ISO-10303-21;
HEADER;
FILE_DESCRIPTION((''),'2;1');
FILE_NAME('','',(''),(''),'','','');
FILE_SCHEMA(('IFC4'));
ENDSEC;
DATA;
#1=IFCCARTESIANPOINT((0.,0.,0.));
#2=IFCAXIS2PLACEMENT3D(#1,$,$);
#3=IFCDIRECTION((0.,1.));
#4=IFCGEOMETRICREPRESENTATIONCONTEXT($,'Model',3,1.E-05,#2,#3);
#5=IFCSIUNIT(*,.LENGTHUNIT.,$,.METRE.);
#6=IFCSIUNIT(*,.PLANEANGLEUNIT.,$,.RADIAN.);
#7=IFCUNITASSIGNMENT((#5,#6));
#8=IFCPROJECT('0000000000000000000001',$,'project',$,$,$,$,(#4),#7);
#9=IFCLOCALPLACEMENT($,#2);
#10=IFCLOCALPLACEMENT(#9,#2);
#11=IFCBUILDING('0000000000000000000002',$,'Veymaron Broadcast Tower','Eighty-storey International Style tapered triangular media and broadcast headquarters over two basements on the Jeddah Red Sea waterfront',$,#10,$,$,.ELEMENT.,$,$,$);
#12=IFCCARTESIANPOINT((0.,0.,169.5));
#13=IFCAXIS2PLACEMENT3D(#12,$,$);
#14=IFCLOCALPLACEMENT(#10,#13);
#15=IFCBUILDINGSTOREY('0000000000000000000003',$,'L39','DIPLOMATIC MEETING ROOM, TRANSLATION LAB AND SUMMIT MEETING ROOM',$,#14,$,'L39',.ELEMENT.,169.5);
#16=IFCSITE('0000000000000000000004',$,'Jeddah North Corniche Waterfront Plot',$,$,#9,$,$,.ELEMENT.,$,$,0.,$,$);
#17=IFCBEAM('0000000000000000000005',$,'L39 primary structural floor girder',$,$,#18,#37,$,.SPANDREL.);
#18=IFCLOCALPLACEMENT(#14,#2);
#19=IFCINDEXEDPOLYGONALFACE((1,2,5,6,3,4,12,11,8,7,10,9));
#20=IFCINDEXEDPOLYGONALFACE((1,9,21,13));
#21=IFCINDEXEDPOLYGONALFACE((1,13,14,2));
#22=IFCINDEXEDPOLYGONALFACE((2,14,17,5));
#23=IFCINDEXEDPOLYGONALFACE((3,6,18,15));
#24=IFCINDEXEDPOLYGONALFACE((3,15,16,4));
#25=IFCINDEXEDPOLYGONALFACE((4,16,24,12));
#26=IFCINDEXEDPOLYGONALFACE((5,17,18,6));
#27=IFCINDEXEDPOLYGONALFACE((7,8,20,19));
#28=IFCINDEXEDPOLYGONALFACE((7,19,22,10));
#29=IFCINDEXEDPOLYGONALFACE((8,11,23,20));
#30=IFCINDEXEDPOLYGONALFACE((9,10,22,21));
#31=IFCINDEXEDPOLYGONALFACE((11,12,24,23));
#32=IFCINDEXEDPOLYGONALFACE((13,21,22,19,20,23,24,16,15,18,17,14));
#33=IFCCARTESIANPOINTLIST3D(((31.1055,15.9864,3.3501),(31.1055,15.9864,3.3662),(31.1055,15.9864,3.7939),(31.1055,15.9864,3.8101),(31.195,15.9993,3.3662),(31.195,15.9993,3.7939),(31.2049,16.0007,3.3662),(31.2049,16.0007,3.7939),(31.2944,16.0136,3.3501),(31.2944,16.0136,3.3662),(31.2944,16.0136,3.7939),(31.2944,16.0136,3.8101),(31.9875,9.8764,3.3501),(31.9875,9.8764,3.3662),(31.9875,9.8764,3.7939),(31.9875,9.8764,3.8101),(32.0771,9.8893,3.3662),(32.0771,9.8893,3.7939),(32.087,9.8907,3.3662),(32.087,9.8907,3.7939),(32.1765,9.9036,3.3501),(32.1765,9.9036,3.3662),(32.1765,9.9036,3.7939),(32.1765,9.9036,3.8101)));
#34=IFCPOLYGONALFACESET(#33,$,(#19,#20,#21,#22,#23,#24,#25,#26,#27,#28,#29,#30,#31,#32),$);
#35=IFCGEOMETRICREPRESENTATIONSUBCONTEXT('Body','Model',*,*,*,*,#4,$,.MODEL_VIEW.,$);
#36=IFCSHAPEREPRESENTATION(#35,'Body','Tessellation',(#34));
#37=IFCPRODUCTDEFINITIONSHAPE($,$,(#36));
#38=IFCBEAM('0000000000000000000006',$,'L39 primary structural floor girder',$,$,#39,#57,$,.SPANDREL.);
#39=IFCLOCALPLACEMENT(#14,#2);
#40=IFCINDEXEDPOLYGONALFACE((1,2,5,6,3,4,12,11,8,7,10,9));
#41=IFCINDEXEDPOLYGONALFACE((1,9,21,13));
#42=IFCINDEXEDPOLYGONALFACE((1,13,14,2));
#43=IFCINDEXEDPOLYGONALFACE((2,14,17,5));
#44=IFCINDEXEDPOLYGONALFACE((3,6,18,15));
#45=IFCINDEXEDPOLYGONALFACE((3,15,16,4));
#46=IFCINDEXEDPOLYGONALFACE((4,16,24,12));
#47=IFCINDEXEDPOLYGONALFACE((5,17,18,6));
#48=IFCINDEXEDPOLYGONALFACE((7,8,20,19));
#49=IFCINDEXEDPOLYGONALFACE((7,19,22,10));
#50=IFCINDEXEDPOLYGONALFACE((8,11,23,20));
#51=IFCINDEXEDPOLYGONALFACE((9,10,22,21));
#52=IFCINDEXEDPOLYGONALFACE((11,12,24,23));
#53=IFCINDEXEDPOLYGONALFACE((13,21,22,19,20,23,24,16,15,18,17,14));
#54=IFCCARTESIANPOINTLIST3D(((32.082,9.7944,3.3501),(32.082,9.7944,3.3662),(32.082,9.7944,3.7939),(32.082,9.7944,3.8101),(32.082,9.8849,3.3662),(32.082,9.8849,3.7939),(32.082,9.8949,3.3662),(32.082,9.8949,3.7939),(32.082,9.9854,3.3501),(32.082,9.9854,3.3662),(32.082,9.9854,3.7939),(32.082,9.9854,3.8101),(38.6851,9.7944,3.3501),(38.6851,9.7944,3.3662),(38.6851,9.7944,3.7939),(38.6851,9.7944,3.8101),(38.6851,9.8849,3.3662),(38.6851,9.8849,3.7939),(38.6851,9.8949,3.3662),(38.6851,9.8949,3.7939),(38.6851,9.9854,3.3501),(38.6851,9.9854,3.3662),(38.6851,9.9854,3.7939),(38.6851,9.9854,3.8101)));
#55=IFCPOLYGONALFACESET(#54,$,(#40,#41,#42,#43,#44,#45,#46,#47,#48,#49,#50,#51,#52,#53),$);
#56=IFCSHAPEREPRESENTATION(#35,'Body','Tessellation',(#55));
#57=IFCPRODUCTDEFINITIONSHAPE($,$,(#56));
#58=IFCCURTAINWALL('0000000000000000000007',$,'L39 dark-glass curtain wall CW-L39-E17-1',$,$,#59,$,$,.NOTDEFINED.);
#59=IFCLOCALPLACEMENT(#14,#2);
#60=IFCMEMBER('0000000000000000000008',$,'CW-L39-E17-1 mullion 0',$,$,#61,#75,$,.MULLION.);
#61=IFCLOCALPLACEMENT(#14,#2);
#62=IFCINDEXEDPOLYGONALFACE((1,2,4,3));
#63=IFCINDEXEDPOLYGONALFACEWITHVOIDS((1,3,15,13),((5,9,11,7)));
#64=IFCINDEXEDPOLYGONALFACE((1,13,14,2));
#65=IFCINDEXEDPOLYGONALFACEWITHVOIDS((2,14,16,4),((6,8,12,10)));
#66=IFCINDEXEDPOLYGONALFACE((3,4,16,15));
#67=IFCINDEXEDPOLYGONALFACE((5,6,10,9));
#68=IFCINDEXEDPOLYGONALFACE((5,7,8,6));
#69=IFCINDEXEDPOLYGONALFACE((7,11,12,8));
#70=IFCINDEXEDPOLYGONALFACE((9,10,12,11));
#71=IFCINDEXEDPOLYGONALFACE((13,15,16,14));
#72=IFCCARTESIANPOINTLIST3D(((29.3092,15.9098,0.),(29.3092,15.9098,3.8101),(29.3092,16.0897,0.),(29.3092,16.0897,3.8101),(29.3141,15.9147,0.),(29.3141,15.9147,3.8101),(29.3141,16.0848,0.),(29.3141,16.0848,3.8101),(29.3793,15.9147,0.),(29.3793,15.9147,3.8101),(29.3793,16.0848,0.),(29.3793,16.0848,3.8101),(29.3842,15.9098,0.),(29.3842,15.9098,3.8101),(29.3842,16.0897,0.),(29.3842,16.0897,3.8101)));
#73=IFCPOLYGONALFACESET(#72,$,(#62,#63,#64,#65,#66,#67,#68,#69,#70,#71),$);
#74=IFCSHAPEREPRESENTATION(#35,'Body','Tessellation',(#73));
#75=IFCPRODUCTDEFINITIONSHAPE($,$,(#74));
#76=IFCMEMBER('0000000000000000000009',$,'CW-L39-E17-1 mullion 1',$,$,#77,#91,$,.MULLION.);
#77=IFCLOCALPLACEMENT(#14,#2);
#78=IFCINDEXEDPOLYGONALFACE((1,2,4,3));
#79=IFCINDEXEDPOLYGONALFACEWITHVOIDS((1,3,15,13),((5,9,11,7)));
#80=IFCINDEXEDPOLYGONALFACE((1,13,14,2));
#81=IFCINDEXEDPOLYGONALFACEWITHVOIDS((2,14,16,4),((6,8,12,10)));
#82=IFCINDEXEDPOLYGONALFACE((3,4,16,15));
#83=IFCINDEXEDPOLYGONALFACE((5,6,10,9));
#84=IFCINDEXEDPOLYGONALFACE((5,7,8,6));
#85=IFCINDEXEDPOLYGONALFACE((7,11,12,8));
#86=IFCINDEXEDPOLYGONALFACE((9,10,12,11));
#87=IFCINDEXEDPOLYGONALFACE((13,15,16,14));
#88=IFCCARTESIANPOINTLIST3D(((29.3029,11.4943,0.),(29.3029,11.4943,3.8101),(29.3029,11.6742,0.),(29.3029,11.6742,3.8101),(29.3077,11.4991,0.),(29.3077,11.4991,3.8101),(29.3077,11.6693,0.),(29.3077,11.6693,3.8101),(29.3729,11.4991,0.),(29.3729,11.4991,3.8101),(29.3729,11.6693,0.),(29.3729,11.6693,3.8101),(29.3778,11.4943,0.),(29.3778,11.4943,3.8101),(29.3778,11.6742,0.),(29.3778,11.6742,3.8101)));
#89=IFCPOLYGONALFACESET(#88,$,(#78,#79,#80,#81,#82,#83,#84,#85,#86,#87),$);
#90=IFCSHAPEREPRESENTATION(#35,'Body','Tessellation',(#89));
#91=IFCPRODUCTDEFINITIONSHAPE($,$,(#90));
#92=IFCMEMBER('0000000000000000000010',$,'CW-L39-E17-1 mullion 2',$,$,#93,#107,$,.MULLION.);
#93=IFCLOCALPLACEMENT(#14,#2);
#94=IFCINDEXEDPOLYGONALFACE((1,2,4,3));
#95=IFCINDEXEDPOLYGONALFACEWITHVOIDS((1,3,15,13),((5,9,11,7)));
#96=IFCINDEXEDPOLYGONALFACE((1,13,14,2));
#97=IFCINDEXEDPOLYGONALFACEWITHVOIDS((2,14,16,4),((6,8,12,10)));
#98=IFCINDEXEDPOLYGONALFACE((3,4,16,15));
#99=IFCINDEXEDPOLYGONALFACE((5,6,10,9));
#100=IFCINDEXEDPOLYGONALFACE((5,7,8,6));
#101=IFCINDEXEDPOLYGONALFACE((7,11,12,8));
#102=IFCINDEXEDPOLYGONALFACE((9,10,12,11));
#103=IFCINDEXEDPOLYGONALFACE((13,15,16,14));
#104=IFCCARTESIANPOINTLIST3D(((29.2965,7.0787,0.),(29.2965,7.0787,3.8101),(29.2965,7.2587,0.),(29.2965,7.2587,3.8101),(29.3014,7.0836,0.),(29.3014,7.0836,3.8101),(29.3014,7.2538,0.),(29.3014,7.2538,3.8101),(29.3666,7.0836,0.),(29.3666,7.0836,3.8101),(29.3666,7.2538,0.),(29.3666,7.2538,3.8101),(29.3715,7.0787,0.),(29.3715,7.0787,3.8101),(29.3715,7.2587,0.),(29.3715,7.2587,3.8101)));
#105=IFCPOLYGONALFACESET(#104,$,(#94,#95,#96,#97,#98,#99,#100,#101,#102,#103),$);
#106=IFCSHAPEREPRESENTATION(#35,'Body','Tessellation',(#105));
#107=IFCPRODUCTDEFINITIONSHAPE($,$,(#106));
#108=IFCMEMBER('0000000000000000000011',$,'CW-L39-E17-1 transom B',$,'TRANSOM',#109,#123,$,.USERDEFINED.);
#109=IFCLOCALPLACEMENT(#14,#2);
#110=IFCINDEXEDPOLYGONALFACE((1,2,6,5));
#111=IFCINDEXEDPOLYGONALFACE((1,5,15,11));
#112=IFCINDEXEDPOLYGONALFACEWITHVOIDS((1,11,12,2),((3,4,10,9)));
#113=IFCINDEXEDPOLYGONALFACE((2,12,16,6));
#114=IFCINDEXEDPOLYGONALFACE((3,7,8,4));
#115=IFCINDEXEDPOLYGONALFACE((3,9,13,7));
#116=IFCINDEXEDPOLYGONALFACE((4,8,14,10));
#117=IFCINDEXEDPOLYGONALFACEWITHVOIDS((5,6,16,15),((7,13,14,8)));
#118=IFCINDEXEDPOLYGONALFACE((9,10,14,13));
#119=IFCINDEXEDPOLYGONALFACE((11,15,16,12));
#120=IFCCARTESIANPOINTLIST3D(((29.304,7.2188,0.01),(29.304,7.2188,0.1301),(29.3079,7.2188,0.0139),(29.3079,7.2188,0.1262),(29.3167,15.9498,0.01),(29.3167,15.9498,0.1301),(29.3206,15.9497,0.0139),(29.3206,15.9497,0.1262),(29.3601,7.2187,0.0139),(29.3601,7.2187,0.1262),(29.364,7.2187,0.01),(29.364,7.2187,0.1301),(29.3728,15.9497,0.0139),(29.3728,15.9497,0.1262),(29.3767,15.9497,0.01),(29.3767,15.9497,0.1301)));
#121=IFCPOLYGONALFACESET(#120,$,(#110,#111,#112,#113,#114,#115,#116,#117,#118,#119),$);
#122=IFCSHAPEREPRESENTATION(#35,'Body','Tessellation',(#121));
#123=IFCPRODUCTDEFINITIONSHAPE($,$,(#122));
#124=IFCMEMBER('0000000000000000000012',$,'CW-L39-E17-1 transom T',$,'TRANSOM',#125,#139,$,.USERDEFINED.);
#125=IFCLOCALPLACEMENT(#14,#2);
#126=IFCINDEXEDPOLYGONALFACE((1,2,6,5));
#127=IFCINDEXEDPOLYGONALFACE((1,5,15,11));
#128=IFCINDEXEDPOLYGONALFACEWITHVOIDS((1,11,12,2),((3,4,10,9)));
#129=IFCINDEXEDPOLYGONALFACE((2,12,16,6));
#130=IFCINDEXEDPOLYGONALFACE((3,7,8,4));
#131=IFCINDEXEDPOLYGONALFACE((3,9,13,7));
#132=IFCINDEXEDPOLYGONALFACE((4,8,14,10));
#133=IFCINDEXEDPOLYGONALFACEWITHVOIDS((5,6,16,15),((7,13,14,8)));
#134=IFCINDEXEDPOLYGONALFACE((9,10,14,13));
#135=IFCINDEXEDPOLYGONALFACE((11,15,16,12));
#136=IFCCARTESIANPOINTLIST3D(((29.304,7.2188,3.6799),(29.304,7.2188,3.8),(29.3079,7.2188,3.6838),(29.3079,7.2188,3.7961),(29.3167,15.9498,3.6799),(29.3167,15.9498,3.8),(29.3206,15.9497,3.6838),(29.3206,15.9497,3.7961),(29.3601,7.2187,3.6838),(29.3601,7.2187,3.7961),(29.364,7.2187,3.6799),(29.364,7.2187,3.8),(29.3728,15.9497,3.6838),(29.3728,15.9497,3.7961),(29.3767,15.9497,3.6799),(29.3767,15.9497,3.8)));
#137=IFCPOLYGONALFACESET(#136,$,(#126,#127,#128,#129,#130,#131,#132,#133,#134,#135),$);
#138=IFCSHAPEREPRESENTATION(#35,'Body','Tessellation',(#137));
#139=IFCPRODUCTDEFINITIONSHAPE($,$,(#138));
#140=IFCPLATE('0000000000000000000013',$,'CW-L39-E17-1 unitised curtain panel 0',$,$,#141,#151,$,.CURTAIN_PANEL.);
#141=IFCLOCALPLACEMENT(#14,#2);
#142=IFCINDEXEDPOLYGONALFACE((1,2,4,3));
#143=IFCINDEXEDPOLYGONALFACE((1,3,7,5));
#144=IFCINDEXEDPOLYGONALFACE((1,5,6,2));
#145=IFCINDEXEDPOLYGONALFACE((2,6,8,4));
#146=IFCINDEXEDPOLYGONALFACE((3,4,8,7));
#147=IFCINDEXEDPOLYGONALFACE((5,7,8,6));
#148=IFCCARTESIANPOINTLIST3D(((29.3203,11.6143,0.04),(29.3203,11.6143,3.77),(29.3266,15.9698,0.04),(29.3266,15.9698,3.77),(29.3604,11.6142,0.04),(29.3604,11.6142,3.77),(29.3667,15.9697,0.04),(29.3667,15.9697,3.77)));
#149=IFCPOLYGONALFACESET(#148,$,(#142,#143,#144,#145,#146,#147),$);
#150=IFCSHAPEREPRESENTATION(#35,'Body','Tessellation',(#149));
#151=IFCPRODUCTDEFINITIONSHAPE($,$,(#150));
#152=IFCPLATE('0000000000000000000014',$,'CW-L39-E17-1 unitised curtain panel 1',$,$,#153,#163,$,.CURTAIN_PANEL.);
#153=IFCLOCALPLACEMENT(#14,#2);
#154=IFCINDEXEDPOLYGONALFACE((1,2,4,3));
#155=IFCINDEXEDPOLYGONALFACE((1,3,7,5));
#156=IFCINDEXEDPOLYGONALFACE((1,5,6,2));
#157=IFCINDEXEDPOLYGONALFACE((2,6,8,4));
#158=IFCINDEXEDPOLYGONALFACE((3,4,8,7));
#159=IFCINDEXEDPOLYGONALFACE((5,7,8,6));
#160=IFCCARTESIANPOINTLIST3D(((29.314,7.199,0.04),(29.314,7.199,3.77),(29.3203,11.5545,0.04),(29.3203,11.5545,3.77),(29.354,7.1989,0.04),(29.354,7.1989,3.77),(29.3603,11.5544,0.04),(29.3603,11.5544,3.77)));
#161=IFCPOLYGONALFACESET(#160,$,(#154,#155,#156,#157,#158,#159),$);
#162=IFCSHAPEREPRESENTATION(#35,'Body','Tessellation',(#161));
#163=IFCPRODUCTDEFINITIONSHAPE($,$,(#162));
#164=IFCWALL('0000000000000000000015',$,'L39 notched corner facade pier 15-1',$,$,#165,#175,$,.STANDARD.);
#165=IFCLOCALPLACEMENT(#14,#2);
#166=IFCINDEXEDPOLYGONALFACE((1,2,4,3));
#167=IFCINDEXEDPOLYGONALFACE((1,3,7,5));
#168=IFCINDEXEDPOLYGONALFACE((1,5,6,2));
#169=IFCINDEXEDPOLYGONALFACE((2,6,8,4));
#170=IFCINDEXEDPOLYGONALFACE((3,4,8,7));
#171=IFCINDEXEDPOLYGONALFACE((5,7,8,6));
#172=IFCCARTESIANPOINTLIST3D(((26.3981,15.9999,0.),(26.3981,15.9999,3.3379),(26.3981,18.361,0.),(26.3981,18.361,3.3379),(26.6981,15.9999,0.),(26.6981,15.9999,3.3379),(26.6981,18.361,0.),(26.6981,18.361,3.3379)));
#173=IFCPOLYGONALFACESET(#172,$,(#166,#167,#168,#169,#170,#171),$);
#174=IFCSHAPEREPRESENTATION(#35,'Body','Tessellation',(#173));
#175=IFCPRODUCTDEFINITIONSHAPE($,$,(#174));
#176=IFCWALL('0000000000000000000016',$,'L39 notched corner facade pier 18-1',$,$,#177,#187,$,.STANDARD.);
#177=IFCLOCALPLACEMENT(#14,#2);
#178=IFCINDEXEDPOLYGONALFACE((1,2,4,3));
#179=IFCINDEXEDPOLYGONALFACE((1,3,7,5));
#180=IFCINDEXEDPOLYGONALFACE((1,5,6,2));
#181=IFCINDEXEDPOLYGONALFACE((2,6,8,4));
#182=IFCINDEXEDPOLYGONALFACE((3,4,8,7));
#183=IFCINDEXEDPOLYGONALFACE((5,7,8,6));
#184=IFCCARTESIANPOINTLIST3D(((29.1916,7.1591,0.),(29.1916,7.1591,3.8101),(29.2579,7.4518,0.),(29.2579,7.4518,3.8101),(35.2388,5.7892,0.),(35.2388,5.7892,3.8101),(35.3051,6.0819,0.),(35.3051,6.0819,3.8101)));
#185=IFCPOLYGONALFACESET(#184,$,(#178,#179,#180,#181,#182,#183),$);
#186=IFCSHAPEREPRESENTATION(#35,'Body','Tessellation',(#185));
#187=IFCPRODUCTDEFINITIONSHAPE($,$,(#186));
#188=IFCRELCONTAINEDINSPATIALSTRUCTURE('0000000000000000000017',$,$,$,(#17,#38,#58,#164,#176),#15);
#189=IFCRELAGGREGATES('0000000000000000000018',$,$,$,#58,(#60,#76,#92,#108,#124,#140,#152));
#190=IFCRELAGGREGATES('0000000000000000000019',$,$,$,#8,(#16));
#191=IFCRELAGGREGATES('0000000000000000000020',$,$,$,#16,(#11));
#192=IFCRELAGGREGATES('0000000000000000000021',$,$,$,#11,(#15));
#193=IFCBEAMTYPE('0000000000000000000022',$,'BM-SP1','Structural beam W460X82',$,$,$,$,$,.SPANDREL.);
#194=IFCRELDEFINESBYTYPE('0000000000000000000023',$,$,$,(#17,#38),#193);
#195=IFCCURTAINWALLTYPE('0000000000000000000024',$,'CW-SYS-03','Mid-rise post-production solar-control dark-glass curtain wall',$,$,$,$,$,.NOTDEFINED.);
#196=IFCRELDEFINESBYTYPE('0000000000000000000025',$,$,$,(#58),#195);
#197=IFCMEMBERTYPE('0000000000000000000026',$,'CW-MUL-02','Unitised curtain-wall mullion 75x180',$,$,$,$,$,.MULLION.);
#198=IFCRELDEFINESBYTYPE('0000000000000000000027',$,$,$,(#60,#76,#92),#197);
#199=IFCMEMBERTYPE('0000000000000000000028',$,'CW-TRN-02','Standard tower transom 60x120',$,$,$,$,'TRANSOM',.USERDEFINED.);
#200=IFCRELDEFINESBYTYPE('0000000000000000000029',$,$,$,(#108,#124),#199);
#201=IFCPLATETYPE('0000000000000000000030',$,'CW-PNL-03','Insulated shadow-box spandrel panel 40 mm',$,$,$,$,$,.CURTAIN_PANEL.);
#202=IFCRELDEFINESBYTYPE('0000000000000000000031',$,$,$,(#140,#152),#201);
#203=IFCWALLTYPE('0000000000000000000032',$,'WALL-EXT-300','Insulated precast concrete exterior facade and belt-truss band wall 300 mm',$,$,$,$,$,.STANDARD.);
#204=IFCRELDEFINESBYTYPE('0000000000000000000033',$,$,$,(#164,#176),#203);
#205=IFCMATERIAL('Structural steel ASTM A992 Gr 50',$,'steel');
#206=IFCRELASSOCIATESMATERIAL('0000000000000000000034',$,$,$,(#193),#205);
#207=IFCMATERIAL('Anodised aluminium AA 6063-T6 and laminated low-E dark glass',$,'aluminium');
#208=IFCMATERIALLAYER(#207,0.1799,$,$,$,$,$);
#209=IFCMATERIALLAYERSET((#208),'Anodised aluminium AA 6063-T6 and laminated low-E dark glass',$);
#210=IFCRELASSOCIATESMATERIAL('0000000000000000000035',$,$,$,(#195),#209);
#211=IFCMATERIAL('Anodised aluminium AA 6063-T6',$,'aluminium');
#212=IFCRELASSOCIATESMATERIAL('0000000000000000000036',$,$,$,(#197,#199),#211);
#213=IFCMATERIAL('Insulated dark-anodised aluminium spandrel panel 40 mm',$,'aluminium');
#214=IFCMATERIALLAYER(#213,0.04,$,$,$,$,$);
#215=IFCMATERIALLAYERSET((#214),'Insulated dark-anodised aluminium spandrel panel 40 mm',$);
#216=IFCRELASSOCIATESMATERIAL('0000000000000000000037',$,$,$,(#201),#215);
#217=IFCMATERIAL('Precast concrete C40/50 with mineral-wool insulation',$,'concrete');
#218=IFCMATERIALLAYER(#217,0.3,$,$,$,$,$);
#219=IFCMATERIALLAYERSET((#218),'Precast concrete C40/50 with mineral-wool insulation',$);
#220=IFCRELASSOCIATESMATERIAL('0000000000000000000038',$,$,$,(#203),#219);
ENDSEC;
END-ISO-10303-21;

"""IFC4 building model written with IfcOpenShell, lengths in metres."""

from ifc_helpers import new_model, si_unit, direction, frame, frame_2d, origin, origin_2d, place, context, subcontext, project, spatial, rectangle, hollow_rectangle, i_section, extrude, material, layer, layer_set, material_profile, profile_set, type_object, element, aggregate, save


model = new_model("IFC4")

# Units and contexts
model_context = context("Model", 3, precision=1e-05, world=origin(), true_north=direction((0.0, 1.0)))
body_context = subcontext(model_context, "Body", "Model", "MODEL_VIEW")
ifc_project = project(units=[si_unit("LENGTHUNIT", "METRE"), si_unit("PLANEANGLEUNIT", "RADIAN")], contexts=[model_context])

# Site, building, storey
site_placement = place(None, origin())
site = spatial("IfcSite", under=ifc_project, at=site_placement, Name="Jeddah North Corniche Waterfront Plot", CompositionType="ELEMENT", RefElevation=0.0)
building_placement = place(site_placement, origin())
building = spatial("IfcBuilding", under=site, at=building_placement, Name="Veymaron Broadcast Tower", Description="Eighty-storey International Style tapered triangular media and broadcast headquarters over two basements on the Jeddah Red Sea waterfront", CompositionType="ELEMENT")
storey_placement = place(building_placement, frame((0.0, 0.0, 169.5)))
storey = spatial("IfcBuildingStorey", under=building, at=storey_placement, Name="L39", Description="DIPLOMATIC MEETING ROOM, TRANSLATION LAB AND SUMMIT MEETING ROOM", LongName="L39", CompositionType="ELEMENT", Elevation=169.5)

# Shared definitions
ifc_material_1 = material(Name="Structural steel ASTM A992 Gr 50", Category="steel")

# Beams
ifc_material_profile_1 = material_profile(ifc_material_1, i_section(OverallWidth=0.1909, OverallDepth=0.46, WebThickness=0.01, FlangeThickness=0.0161, at=origin_2d()), Name="W460X82")
ifc_profile_set_1 = profile_set([ifc_material_profile_1], Name="Structural steel ASTM A992 Gr 50")
beam_type_1 = type_object("IfcBeamType", Name="BM-SP1", Description="Structural beam W460X82", PredefinedType="SPANDREL", material=ifc_profile_set_1)
beam_1_placement = place(storey_placement, frame((31.2, 16.0, 3.5801), z_axis=(0.142883, -0.98974, 0.0), x_axis=(0.98974, 0.142883, 0.0)))
element("IfcBeam", 1, at=beam_1_placement, inside=storey, type_object=beam_type_1, Name="L39 primary structural floor girder", PredefinedType="SPANDREL", context=body_context, shape_type="SweptSolid", body=[
    extrude(i_section(OverallWidth=0.1909, OverallDepth=0.46, WebThickness=0.01, FlangeThickness=0.0161, at=origin_2d()), origin(), (0.0, 0.0, 1.0), 6.1733),
])
beam_2_placement = place(storey_placement, frame((32.082, 9.8899, 3.5801), z_axis=(1.0, 0.0, 0.0), x_axis=(0.0, 1.0, 0.0)))
element("IfcBeam", 2, at=beam_2_placement, inside=storey, type_object=beam_type_1, Name="L39 primary structural floor girder", PredefinedType="SPANDREL", context=body_context, shape_type="SweptSolid", body=[
    extrude(i_section(OverallWidth=0.1909, OverallDepth=0.46, WebThickness=0.01, FlangeThickness=0.0161, at=origin_2d()), origin(), (0.0, 0.0, 1.0), 6.603),
])

# Curtain wall, members, plates
ifc_material_2 = material(Name="Anodised aluminium AA 6063-T6 and laminated low-E dark glass", Category="aluminium")
ifc_layer_1 = layer(ifc_material_2, 0.1799)
ifc_layer_set_1 = layer_set([ifc_layer_1], Name="Anodised aluminium AA 6063-T6 and laminated low-E dark glass")
curtain_wall_type = type_object("IfcCurtainWallType", Name="CW-SYS-03", Description="Mid-rise post-production solar-control dark-glass curtain wall", PredefinedType="NOTDEFINED", material=ifc_layer_set_1)
curtain_wall_placement = place(storey_placement, origin())
curtain_wall = element("IfcCurtainWall", 3, at=curtain_wall_placement, inside=storey, type_object=curtain_wall_type, Name="L39 dark-glass curtain wall CW-L39-E17-1", PredefinedType="NOTDEFINED")
ifc_material_3 = material(Name="Anodised aluminium AA 6063-T6", Category="aluminium")
ifc_material_profile_2 = material_profile(ifc_material_3, hollow_rectangle(XDim=0.075, YDim=0.1799, WallThickness=0.0049, at=origin_2d()), Name="AL180X75X5")
ifc_profile_set_2 = profile_set([ifc_material_profile_2], Name="Anodised aluminium AA 6063-T6")
member_type_1 = type_object("IfcMemberType", Name="CW-MUL-02", Description="Unitised curtain-wall mullion 75x180", PredefinedType="MULLION", material=ifc_profile_set_2)
member_1_placement = place(storey_placement, frame((29.3467, 15.9998, 0.0), z_axis=(0.0, 0.0, 1.0), x_axis=(1.0, 0.0, 0.0)))
member_1 = element("IfcMember", 4, at=member_1_placement, type_object=member_type_1, Name="CW-L39-E17-1 mullion 0", PredefinedType="MULLION", context=body_context, shape_type="SweptSolid", body=[
    extrude(hollow_rectangle(XDim=0.075, YDim=0.1799, WallThickness=0.0049, at=origin_2d()), origin(), (0.0, 0.0, 1.0), 3.8101),
])
member_2_placement = place(storey_placement, frame((29.3403, 11.5842, 0.0), z_axis=(0.0, 0.0, 1.0), x_axis=(1.0, 0.0, 0.0)))
member_2 = element("IfcMember", 5, at=member_2_placement, type_object=member_type_1, Name="CW-L39-E17-1 mullion 1", PredefinedType="MULLION", context=body_context, shape_type="SweptSolid", body=[
    extrude(hollow_rectangle(XDim=0.075, YDim=0.1799, WallThickness=0.0049, at=origin_2d()), origin(), (0.0, 0.0, 1.0), 3.8101),
])
member_3_placement = place(storey_placement, frame((29.334, 7.1687, 0.0), z_axis=(0.0, 0.0, 1.0), x_axis=(1.0, 0.0, 0.0)))
member_3 = element("IfcMember", 6, at=member_3_placement, type_object=member_type_1, Name="CW-L39-E17-1 mullion 2", PredefinedType="MULLION", context=body_context, shape_type="SweptSolid", body=[
    extrude(hollow_rectangle(XDim=0.075, YDim=0.1799, WallThickness=0.0049, at=origin_2d()), origin(), (0.0, 0.0, 1.0), 3.8101),
])
ifc_material_profile_3 = material_profile(ifc_material_3, hollow_rectangle(XDim=0.0601, YDim=0.1201, WallThickness=0.0039, at=origin_2d()), Name="AL120X60X4")
ifc_profile_set_3 = profile_set([ifc_material_profile_3], Name="Anodised aluminium AA 6063-T6")
member_type_2 = type_object("IfcMemberType", Name="CW-TRN-02", Description="Standard tower transom 60x120", ElementType="TRANSOM", PredefinedType="USERDEFINED", material=ifc_profile_set_3)
member_4_placement = place(storey_placement, frame((29.3467, 15.9497, 0.0701), z_axis=(-0.001454, -0.999999, 0.0), x_axis=(0.999999, -0.001454, 0.0)))
member_4 = element("IfcMember", 7, at=member_4_placement, type_object=member_type_2, Name="CW-L39-E17-1 transom B", ObjectType="TRANSOM", PredefinedType="USERDEFINED", context=body_context, shape_type="SweptSolid", body=[
    extrude(hollow_rectangle(XDim=0.0601, YDim=0.1201, WallThickness=0.0039, at=origin_2d()), origin(), (0.0, 0.0, 1.0), 8.731),
])
member_5_placement = place(storey_placement, frame((29.3467, 15.9497, 3.74), z_axis=(-0.001454, -0.999999, 0.0), x_axis=(0.999999, -0.001454, 0.0)))
member_5 = element("IfcMember", 8, at=member_5_placement, type_object=member_type_2, Name="CW-L39-E17-1 transom T", ObjectType="TRANSOM", PredefinedType="USERDEFINED", context=body_context, shape_type="SweptSolid", body=[
    extrude(hollow_rectangle(XDim=0.0601, YDim=0.1201, WallThickness=0.0039, at=origin_2d()), origin(), (0.0, 0.0, 1.0), 8.731),
])
ifc_material_4 = material(Name="Insulated dark-anodised aluminium spandrel panel 40 mm", Category="aluminium")
ifc_layer_2 = layer(ifc_material_4, 0.04)
ifc_layer_set_2 = layer_set([ifc_layer_2], Name="Insulated dark-anodised aluminium spandrel panel 40 mm")
plate_type = type_object("IfcPlateType", Name="CW-PNL-03", Description="Insulated shadow-box spandrel panel 40 mm", PredefinedType="CURTAIN_PANEL", material=ifc_layer_set_2)
plate_1_placement = place(storey_placement, frame((29.3435, 13.792, 0.04), z_axis=(0.0, 0.0, 1.0), x_axis=(-0.001449, -0.999999, 0.0)))
plate_1 = element("IfcPlate", 9, at=plate_1_placement, type_object=plate_type, Name="CW-L39-E17-1 unitised curtain panel 0", PredefinedType="CURTAIN_PANEL", context=body_context, shape_type="SweptSolid", body=[
    extrude(rectangle(XDim=4.3555, YDim=0.04, at=origin_2d()), origin(), (0.0, 0.0, 1.0), 3.73),
])
plate_2_placement = place(storey_placement, frame((29.3372, 9.3767, 0.04), z_axis=(0.0, 0.0, 1.0), x_axis=(-0.001449, -0.999999, 0.0)))
plate_2 = element("IfcPlate", 10, at=plate_2_placement, type_object=plate_type, Name="CW-L39-E17-1 unitised curtain panel 1", PredefinedType="CURTAIN_PANEL", context=body_context, shape_type="SweptSolid", body=[
    extrude(rectangle(XDim=4.3555, YDim=0.04, at=origin_2d()), origin(), (0.0, 0.0, 1.0), 3.73),
])
aggregate(curtain_wall, [member_1, member_2, member_3, member_4, member_5, plate_1, plate_2])

# Walls
ifc_material_5 = material(Name="Precast concrete C40/50 with mineral-wool insulation", Category="concrete")
ifc_layer_3 = layer(ifc_material_5, 0.3)
ifc_layer_set_3 = layer_set([ifc_layer_3], Name="Precast concrete C40/50 with mineral-wool insulation")
wall_type_1 = type_object("IfcWallType", Name="WALL-EXT-300", Description="Insulated precast concrete exterior facade and belt-truss band wall 300 mm", PredefinedType="STANDARD", material=ifc_layer_set_3)
wall_1_placement = place(storey_placement, frame((26.5481, 18.3611, 0.0), z_axis=(0.0, 0.0, 1.0), x_axis=(0.0, -1.0, 0.0)))
element("IfcWall", 11, at=wall_1_placement, inside=storey, type_object=wall_type_1, Name="L39 notched corner facade pier 15-1", PredefinedType="STANDARD", context=body_context, shape_type="SweptSolid", body=[
    extrude(rectangle(XDim=2.3611, YDim=0.3, at=frame_2d((1.1807, 0.0))), origin(), (0.0, 0.0, 1.0), 3.3379),
])
wall_2_placement = place(storey_placement, frame((29.2249, 7.3054, 0.0), z_axis=(0.0, 0.0, 1.0), x_axis=(0.975288, -0.220935, 0.0)))
element("IfcWall", 12, at=wall_2_placement, inside=storey, type_object=wall_type_1, Name="L39 notched corner facade pier 18-1", PredefinedType="STANDARD", context=body_context, shape_type="SweptSolid", body=[
    extrude(rectangle(XDim=6.2004, YDim=0.3, at=frame_2d((3.1001, 0.0))), origin(), (0.0, 0.0, 1.0), 3.8101),
])

save(model, "model.ifc")
